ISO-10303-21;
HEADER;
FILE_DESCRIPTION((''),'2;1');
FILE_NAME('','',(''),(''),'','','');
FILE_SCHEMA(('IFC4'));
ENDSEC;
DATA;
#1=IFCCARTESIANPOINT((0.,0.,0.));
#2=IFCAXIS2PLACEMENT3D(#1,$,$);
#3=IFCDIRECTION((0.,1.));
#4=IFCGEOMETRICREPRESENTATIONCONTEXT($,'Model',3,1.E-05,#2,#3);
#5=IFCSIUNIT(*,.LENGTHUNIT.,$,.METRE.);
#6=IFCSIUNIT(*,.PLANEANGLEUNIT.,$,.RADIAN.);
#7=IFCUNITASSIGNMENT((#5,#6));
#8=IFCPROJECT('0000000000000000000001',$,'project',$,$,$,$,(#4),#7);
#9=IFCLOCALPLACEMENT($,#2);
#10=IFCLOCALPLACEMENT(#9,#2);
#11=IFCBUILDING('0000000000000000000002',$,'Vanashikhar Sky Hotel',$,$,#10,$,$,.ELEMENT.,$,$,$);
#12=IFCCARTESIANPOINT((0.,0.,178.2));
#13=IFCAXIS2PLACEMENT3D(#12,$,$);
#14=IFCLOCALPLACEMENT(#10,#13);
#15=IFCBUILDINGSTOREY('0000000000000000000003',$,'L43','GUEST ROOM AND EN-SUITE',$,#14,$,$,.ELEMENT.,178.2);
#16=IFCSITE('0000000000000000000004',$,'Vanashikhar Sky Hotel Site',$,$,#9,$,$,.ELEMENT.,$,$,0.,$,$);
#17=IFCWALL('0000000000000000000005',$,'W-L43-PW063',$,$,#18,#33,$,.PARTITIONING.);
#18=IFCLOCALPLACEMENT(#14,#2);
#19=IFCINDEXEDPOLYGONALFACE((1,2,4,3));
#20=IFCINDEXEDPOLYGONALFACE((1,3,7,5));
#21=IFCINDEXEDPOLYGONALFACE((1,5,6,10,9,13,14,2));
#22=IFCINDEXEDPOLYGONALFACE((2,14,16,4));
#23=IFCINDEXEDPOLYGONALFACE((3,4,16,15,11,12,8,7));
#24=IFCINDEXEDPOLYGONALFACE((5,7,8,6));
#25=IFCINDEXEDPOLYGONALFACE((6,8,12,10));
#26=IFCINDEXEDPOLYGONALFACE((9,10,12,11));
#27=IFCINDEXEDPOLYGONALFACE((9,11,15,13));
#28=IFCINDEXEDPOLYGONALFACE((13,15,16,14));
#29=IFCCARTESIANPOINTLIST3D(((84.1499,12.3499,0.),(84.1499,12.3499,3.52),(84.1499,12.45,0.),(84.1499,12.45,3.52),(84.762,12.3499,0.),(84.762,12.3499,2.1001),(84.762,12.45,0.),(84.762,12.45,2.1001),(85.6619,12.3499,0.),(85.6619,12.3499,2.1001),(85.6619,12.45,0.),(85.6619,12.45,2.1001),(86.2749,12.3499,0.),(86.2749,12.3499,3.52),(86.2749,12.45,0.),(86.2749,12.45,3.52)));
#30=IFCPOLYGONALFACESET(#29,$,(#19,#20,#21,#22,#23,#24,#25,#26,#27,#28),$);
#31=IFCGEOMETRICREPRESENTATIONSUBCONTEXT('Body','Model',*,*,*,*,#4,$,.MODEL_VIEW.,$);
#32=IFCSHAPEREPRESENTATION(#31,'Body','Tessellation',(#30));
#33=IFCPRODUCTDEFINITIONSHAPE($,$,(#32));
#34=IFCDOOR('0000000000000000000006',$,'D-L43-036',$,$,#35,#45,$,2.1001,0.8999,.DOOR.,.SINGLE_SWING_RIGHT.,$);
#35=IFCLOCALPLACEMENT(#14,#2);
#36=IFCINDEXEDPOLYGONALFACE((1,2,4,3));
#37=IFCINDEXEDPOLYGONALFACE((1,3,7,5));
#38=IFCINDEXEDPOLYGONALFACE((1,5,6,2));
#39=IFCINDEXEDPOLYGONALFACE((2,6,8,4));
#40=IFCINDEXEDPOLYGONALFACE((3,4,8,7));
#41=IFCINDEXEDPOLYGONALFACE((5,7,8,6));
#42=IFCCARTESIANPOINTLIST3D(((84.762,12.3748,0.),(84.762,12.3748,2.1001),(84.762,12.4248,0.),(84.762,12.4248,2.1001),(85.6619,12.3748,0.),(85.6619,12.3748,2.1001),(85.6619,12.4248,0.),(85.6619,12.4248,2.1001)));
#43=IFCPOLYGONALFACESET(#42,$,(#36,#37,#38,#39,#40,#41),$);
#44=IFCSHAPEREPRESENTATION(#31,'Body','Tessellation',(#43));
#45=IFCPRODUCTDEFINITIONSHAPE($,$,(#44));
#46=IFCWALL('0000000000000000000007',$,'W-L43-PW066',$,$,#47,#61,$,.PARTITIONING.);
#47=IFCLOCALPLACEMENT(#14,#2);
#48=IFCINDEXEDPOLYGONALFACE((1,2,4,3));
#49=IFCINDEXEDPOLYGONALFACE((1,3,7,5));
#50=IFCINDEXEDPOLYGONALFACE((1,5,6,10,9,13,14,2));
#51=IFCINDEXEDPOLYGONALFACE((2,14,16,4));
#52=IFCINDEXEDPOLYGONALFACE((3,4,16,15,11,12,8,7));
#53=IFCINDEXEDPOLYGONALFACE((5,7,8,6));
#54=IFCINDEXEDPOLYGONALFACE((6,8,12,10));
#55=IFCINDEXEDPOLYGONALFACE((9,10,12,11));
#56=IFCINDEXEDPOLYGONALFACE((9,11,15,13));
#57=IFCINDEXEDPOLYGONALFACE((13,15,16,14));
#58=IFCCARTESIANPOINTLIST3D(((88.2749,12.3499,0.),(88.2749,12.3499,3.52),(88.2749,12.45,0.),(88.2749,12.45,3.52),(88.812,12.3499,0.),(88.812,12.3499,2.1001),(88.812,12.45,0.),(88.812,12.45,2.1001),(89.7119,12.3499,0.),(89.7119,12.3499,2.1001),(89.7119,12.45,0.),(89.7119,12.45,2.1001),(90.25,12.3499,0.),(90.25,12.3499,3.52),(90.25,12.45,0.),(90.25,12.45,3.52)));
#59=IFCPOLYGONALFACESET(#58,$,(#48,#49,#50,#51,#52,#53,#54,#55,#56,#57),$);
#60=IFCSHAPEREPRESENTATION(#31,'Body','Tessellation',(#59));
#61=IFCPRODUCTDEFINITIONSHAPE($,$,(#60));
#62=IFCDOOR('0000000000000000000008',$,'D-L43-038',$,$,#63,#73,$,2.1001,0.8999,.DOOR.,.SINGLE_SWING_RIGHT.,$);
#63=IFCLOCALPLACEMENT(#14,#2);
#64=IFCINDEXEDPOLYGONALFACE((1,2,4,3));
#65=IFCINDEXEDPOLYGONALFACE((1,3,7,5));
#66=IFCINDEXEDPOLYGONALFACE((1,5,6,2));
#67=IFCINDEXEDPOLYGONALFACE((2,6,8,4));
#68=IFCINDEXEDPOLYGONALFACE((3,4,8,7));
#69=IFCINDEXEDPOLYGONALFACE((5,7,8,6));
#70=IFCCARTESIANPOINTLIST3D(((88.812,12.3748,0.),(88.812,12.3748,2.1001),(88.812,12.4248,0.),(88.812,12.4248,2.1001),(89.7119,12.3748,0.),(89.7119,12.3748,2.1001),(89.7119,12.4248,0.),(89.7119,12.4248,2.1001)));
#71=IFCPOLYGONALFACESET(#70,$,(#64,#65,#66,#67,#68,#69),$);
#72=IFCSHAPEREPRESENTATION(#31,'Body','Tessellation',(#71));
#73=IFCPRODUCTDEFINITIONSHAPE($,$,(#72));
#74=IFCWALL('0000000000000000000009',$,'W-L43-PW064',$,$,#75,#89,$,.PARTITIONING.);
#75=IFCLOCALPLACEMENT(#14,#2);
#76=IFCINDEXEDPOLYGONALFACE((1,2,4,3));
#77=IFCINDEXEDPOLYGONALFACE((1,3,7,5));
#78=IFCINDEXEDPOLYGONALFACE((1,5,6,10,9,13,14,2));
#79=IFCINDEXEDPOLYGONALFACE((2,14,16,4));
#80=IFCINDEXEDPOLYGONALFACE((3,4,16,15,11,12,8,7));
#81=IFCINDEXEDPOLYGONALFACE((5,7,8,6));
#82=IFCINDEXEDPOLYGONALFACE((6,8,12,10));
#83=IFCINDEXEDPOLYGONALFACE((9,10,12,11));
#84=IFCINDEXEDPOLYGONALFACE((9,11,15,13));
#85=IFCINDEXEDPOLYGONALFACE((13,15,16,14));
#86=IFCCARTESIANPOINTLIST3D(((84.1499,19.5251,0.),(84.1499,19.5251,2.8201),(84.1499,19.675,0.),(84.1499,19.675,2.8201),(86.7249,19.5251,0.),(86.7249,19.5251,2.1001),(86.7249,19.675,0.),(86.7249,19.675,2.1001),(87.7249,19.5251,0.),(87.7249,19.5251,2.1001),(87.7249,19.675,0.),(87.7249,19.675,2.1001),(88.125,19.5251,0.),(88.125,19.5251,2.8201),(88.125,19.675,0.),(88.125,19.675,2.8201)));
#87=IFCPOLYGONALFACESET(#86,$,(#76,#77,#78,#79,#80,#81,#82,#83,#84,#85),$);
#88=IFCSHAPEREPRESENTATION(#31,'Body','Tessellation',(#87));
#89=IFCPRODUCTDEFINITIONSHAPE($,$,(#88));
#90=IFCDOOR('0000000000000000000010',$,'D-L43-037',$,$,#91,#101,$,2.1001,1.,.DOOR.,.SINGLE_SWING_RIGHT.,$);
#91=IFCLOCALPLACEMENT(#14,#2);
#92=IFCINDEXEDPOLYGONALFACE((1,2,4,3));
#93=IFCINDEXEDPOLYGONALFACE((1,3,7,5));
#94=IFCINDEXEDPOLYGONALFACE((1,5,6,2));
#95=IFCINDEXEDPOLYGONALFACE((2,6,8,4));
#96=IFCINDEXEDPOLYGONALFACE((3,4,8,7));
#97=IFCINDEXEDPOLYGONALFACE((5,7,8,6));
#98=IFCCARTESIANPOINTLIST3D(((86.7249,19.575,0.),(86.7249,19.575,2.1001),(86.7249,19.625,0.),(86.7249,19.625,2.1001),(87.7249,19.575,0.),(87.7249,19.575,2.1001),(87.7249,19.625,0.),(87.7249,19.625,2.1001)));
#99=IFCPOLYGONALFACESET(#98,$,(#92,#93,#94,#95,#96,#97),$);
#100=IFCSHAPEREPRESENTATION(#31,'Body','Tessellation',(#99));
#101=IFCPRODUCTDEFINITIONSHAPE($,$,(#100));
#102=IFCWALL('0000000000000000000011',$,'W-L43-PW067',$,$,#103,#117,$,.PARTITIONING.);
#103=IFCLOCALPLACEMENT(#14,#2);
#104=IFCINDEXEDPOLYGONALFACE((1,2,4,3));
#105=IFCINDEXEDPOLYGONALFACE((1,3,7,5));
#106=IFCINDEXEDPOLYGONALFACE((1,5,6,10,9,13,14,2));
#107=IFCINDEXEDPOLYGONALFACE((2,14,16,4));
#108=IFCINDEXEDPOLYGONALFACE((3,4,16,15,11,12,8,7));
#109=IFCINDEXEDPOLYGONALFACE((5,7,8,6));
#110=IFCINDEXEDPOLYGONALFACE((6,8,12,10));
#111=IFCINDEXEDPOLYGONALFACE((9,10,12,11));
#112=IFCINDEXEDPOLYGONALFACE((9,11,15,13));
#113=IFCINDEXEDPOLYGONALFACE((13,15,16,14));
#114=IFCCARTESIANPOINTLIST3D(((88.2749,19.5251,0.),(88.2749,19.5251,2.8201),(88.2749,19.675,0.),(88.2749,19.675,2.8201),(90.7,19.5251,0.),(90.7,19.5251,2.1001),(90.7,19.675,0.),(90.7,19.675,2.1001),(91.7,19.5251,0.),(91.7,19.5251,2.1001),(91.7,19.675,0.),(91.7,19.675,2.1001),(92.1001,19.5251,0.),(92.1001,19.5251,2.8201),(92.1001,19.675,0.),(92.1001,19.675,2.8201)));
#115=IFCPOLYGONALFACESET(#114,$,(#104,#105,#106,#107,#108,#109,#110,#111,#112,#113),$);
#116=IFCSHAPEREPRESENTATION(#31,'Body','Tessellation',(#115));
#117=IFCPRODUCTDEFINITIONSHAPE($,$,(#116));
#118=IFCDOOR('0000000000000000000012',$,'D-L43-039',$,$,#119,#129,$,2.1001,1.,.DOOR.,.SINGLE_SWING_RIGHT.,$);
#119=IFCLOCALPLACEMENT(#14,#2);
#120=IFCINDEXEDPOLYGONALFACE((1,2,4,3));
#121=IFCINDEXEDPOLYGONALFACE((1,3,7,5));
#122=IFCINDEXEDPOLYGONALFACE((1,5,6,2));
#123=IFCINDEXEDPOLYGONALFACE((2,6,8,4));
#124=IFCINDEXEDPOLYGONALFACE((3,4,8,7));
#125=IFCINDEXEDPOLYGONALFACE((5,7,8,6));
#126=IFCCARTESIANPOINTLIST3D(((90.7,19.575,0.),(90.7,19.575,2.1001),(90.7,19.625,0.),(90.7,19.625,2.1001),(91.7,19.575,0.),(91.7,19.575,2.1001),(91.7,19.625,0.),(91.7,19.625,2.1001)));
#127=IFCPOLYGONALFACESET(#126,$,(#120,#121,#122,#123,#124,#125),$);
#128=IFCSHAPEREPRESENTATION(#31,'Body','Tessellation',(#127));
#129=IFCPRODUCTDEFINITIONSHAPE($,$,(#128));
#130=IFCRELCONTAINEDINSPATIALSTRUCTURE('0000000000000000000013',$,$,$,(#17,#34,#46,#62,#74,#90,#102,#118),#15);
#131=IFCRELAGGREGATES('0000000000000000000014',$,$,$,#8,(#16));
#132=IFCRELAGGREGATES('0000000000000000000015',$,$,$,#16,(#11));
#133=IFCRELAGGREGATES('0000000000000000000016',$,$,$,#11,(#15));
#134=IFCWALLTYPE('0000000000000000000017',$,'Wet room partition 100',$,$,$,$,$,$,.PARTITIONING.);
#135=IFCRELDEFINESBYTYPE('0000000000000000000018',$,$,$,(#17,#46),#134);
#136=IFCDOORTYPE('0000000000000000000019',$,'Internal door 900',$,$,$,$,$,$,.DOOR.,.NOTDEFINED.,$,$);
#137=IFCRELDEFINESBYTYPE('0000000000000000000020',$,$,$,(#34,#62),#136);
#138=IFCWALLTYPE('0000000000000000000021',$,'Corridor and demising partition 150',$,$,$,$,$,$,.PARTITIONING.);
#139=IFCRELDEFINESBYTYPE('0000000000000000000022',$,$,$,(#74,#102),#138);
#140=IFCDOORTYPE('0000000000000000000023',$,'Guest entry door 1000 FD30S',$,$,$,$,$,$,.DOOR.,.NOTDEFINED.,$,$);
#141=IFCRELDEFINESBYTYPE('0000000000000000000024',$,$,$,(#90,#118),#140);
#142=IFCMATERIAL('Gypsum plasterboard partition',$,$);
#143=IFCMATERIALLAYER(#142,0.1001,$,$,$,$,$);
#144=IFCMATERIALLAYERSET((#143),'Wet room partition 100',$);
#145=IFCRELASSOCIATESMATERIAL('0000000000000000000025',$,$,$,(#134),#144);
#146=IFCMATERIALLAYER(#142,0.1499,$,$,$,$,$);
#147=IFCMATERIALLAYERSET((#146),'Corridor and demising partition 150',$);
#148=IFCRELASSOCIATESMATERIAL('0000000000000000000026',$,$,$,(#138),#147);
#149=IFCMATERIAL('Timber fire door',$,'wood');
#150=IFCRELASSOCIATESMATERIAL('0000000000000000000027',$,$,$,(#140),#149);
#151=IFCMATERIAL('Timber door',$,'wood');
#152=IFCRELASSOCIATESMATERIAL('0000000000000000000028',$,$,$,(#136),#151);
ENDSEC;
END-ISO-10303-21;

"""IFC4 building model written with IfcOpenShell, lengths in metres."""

from ifc_helpers import new_model, si_unit, direction, frame, frame_2d, origin, place, context, subcontext, project, spatial, rectangle, extrude, source, transform, mapped, material, layer, layer_set, type_object, element, fill, save


model = new_model("IFC4")

# Units and contexts
model_context = context("Model", 3, precision=1e-05, world=origin(), true_north=direction((0.0, 1.0)))
body_context = subcontext(model_context, "Body", "Model", "MODEL_VIEW")
ifc_project = project(units=[si_unit("LENGTHUNIT", "METRE"), si_unit("PLANEANGLEUNIT", "RADIAN")], contexts=[model_context])

# Site, building, storey
site_placement = place(None, origin())
site = spatial("IfcSite", under=ifc_project, at=site_placement, Name="Vanashikhar Sky Hotel Site", CompositionType="ELEMENT", RefElevation=0.0)
building_placement = place(site_placement, origin())
building = spatial("IfcBuilding", under=site, at=building_placement, Name="Vanashikhar Sky Hotel", CompositionType="ELEMENT")
storey_placement = place(building_placement, frame((0.0, 0.0, 178.2)))
storey = spatial("IfcBuildingStorey", under=building, at=storey_placement, Name="L43", Description="GUEST ROOM AND EN-SUITE", CompositionType="ELEMENT", Elevation=178.2)

# Shared definitions
ifc_material_1 = material(Name="Gypsum plasterboard partition")
ifc_layer_1 = layer(ifc_material_1, 0.1001)
ifc_layer_set_1 = layer_set([ifc_layer_1], Name="Wet room partition 100")
wall_type_1 = type_object("IfcWallType", Name="Wet room partition 100", PredefinedType="PARTITIONING", material=ifc_layer_set_1)

# Walls, openings, doors
ifc_layer_2 = layer(ifc_material_1, 0.1499)
ifc_layer_set_2 = layer_set([ifc_layer_2], Name="Corridor and demising partition 150")
wall_type_2 = type_object("IfcWallType", Name="Corridor and demising partition 150", PredefinedType="PARTITIONING", material=ifc_layer_set_2)
shared_shape_1 = source(origin(), body_context, "Body", "SweptSolid", [
    extrude(rectangle(XDim=1.0, YDim=2.1001, at=frame_2d((0.5, 1.05))), frame((0.0, 0.085, 0.0), z_axis=(0.0, -1.0, 0.0), x_axis=(1.0, 0.0, 0.0)), (0.0, 0.0, 1.0), 0.1699),
])
ifc_material_2 = material(Name="Timber fire door", Category="wood")
door_type_1 = type_object("IfcDoorType", Name="Guest entry door 1000 FD30S", OperationType="NOTDEFINED", PredefinedType="DOOR", material=ifc_material_2)
shared_shape_2 = source(origin(), body_context, "Body", "SweptSolid", [
    extrude(rectangle(XDim=1.0, YDim=2.1001, at=frame_2d((0.5, 1.05))), frame((0.0, 0.0249, 0.0), z_axis=(0.0, -1.0, 0.0), x_axis=(1.0, 0.0, 0.0)), (0.0, 0.0, 1.0), 0.05),
])
shared_shape_3 = source(origin(), body_context, "Body", "SweptSolid", [
    extrude(rectangle(XDim=2.125, YDim=0.1001, at=frame_2d((1.0625, 0.0))), origin(), (0.0, 0.0, 1.0), 3.52),
])
wall_1_placement = place(storey_placement, frame((84.1499, 12.3999, 0.0), z_axis=(0.0, 0.0, 1.0), x_axis=(1.0, 0.0, 0.0)))
wall_1 = element("IfcWall", 1, at=wall_1_placement, inside=storey, type_object=wall_type_1, Name="W-L43-PW063", PredefinedType="PARTITIONING", context=body_context, shape_type="MappedRepresentation", body=[
    mapped(shared_shape_3, transform((0.0, 0.0, 0.0), scale=1.0)),
])
shared_shape_4 = source(origin(), body_context, "Body", "SweptSolid", [
    extrude(rectangle(XDim=0.8999, YDim=2.1001, at=frame_2d((0.45, 1.05))), frame((0.0, 0.0601, 0.0), z_axis=(0.0, -1.0, 0.0), x_axis=(1.0, 0.0, 0.0)), (0.0, 0.0, 1.0), 0.1201),
])
opening_1_placement = place(wall_1_placement, frame((0.6121, 0.0, 0.0)))
opening_1 = element("IfcOpeningElement", 2, at=opening_1_placement, cuts=wall_1, PredefinedType="OPENING", context=body_context, shape_type="MappedRepresentation", body=[
    mapped(shared_shape_4, transform((0.0, 0.0, 0.0), scale=1.0)),
])
ifc_material_3 = material(Name="Timber door", Category="wood")
door_type_2 = type_object("IfcDoorType", Name="Internal door 900", OperationType="NOTDEFINED", PredefinedType="DOOR", material=ifc_material_3)
shared_shape_5 = source(origin(), body_context, "Body", "SweptSolid", [
    extrude(rectangle(XDim=0.8999, YDim=2.1001, at=frame_2d((0.45, 1.05))), frame((0.0, 0.0249, 0.0), z_axis=(0.0, -1.0, 0.0), x_axis=(1.0, 0.0, 0.0)), (0.0, 0.0, 1.0), 0.05),
])
door_1_placement = place(opening_1_placement, origin())
door_1 = element("IfcDoor", 3, at=door_1_placement, inside=storey, type_object=door_type_2, Name="D-L43-036", OperationType="SINGLE_SWING_RIGHT", OverallHeight=2.1001, OverallWidth=0.8999, PredefinedType="DOOR", context=body_context, shape_type="MappedRepresentation", body=[
    mapped(shared_shape_5, transform((0.0, 0.0, 0.0), scale=1.0)),
])
fill(opening_1, door_1)
shared_shape_6 = source(origin(), body_context, "Body", "SweptSolid", [
    extrude(rectangle(XDim=1.9751, YDim=0.1001, at=frame_2d((0.9875, 0.0))), origin(), (0.0, 0.0, 1.0), 3.52),
])
wall_2_placement = place(storey_placement, frame((88.2749, 12.3999, 0.0), z_axis=(0.0, 0.0, 1.0), x_axis=(1.0, 0.0, 0.0)))
wall_2 = element("IfcWall", 4, at=wall_2_placement, inside=storey, type_object=wall_type_1, Name="W-L43-PW066", PredefinedType="PARTITIONING", context=body_context, shape_type="MappedRepresentation", body=[
    mapped(shared_shape_6, transform((0.0, 0.0, 0.0), scale=1.0)),
])
opening_2_placement = place(wall_2_placement, frame((0.5371, 0.0, 0.0)))
opening_2 = element("IfcOpeningElement", 5, at=opening_2_placement, cuts=wall_2, PredefinedType="OPENING", context=body_context, shape_type="MappedRepresentation", body=[
    mapped(shared_shape_4, transform((0.0, 0.0, 0.0), scale=1.0)),
])
door_2_placement = place(opening_2_placement, origin())
door_2 = element("IfcDoor", 6, at=door_2_placement, inside=storey, type_object=door_type_2, Name="D-L43-038", OperationType="SINGLE_SWING_RIGHT", OverallHeight=2.1001, OverallWidth=0.8999, PredefinedType="DOOR", context=body_context, shape_type="MappedRepresentation", body=[
    mapped(shared_shape_5, transform((0.0, 0.0, 0.0), scale=1.0)),
])
fill(opening_2, door_2)
shared_shape_7 = source(origin(), body_context, "Body", "SweptSolid", [
    extrude(rectangle(XDim=3.9751, YDim=0.1499, at=frame_2d((1.9875, 0.0))), origin(), (0.0, 0.0, 1.0), 2.8201),
])
wall_3_placement = place(storey_placement, frame((84.1499, 19.6001, 0.0), z_axis=(0.0, 0.0, 1.0), x_axis=(1.0, 0.0, 0.0)))
wall_3 = element("IfcWall", 7, at=wall_3_placement, inside=storey, type_object=wall_type_2, Name="W-L43-PW064", PredefinedType="PARTITIONING", context=body_context, shape_type="MappedRepresentation", body=[
    mapped(shared_shape_7, transform((0.0, 0.0, 0.0), scale=1.0)),
])
opening_3_placement = place(wall_3_placement, frame((2.575, 0.0, 0.0)))
opening_3 = element("IfcOpeningElement", 8, at=opening_3_placement, cuts=wall_3, PredefinedType="OPENING", context=body_context, shape_type="MappedRepresentation", body=[
    mapped(shared_shape_1, transform((0.0, 0.0, 0.0), scale=1.0)),
])
door_3_placement = place(opening_3_placement, origin())
door_3 = element("IfcDoor", 9, at=door_3_placement, inside=storey, type_object=door_type_1, Name="D-L43-037", OperationType="SINGLE_SWING_RIGHT", OverallHeight=2.1001, OverallWidth=1.0, PredefinedType="DOOR", context=body_context, shape_type="MappedRepresentation", body=[
    mapped(shared_shape_2, transform((0.0, 0.0, 0.0), scale=1.0)),
])
fill(opening_3, door_3)
shared_shape_8 = source(origin(), body_context, "Body", "SweptSolid", [
    extrude(rectangle(XDim=3.8252, YDim=0.1499, at=frame_2d((1.9126, 0.0))), origin(), (0.0, 0.0, 1.0), 2.8201),
])
wall_4_placement = place(storey_placement, frame((88.2749, 19.6001, 0.0), z_axis=(0.0, 0.0, 1.0), x_axis=(1.0, 0.0, 0.0)))
wall_4 = element("IfcWall", 10, at=wall_4_placement, inside=storey, type_object=wall_type_2, Name="W-L43-PW067", PredefinedType="PARTITIONING", context=body_context, shape_type="MappedRepresentation", body=[
    mapped(shared_shape_8, transform((0.0, 0.0, 0.0), scale=1.0)),
])
opening_4_placement = place(wall_4_placement, frame((2.425, 0.0, 0.0)))
opening_4 = element("IfcOpeningElement", 11, at=opening_4_placement, cuts=wall_4, PredefinedType="OPENING", context=body_context, shape_type="MappedRepresentation", body=[
    mapped(shared_shape_1, transform((0.0, 0.0, 0.0), scale=1.0)),
])
door_4_placement = place(opening_4_placement, origin())
door_4 = element("IfcDoor", 12, at=door_4_placement, inside=storey, type_object=door_type_1, Name="D-L43-039", OperationType="SINGLE_SWING_RIGHT", OverallHeight=2.1001, OverallWidth=1.0, PredefinedType="DOOR", context=body_context, shape_type="MappedRepresentation", body=[
    mapped(shared_shape_2, transform((0.0, 0.0, 0.0), scale=1.0)),
])
fill(opening_4, door_4)

save(model, "model.ifc")
